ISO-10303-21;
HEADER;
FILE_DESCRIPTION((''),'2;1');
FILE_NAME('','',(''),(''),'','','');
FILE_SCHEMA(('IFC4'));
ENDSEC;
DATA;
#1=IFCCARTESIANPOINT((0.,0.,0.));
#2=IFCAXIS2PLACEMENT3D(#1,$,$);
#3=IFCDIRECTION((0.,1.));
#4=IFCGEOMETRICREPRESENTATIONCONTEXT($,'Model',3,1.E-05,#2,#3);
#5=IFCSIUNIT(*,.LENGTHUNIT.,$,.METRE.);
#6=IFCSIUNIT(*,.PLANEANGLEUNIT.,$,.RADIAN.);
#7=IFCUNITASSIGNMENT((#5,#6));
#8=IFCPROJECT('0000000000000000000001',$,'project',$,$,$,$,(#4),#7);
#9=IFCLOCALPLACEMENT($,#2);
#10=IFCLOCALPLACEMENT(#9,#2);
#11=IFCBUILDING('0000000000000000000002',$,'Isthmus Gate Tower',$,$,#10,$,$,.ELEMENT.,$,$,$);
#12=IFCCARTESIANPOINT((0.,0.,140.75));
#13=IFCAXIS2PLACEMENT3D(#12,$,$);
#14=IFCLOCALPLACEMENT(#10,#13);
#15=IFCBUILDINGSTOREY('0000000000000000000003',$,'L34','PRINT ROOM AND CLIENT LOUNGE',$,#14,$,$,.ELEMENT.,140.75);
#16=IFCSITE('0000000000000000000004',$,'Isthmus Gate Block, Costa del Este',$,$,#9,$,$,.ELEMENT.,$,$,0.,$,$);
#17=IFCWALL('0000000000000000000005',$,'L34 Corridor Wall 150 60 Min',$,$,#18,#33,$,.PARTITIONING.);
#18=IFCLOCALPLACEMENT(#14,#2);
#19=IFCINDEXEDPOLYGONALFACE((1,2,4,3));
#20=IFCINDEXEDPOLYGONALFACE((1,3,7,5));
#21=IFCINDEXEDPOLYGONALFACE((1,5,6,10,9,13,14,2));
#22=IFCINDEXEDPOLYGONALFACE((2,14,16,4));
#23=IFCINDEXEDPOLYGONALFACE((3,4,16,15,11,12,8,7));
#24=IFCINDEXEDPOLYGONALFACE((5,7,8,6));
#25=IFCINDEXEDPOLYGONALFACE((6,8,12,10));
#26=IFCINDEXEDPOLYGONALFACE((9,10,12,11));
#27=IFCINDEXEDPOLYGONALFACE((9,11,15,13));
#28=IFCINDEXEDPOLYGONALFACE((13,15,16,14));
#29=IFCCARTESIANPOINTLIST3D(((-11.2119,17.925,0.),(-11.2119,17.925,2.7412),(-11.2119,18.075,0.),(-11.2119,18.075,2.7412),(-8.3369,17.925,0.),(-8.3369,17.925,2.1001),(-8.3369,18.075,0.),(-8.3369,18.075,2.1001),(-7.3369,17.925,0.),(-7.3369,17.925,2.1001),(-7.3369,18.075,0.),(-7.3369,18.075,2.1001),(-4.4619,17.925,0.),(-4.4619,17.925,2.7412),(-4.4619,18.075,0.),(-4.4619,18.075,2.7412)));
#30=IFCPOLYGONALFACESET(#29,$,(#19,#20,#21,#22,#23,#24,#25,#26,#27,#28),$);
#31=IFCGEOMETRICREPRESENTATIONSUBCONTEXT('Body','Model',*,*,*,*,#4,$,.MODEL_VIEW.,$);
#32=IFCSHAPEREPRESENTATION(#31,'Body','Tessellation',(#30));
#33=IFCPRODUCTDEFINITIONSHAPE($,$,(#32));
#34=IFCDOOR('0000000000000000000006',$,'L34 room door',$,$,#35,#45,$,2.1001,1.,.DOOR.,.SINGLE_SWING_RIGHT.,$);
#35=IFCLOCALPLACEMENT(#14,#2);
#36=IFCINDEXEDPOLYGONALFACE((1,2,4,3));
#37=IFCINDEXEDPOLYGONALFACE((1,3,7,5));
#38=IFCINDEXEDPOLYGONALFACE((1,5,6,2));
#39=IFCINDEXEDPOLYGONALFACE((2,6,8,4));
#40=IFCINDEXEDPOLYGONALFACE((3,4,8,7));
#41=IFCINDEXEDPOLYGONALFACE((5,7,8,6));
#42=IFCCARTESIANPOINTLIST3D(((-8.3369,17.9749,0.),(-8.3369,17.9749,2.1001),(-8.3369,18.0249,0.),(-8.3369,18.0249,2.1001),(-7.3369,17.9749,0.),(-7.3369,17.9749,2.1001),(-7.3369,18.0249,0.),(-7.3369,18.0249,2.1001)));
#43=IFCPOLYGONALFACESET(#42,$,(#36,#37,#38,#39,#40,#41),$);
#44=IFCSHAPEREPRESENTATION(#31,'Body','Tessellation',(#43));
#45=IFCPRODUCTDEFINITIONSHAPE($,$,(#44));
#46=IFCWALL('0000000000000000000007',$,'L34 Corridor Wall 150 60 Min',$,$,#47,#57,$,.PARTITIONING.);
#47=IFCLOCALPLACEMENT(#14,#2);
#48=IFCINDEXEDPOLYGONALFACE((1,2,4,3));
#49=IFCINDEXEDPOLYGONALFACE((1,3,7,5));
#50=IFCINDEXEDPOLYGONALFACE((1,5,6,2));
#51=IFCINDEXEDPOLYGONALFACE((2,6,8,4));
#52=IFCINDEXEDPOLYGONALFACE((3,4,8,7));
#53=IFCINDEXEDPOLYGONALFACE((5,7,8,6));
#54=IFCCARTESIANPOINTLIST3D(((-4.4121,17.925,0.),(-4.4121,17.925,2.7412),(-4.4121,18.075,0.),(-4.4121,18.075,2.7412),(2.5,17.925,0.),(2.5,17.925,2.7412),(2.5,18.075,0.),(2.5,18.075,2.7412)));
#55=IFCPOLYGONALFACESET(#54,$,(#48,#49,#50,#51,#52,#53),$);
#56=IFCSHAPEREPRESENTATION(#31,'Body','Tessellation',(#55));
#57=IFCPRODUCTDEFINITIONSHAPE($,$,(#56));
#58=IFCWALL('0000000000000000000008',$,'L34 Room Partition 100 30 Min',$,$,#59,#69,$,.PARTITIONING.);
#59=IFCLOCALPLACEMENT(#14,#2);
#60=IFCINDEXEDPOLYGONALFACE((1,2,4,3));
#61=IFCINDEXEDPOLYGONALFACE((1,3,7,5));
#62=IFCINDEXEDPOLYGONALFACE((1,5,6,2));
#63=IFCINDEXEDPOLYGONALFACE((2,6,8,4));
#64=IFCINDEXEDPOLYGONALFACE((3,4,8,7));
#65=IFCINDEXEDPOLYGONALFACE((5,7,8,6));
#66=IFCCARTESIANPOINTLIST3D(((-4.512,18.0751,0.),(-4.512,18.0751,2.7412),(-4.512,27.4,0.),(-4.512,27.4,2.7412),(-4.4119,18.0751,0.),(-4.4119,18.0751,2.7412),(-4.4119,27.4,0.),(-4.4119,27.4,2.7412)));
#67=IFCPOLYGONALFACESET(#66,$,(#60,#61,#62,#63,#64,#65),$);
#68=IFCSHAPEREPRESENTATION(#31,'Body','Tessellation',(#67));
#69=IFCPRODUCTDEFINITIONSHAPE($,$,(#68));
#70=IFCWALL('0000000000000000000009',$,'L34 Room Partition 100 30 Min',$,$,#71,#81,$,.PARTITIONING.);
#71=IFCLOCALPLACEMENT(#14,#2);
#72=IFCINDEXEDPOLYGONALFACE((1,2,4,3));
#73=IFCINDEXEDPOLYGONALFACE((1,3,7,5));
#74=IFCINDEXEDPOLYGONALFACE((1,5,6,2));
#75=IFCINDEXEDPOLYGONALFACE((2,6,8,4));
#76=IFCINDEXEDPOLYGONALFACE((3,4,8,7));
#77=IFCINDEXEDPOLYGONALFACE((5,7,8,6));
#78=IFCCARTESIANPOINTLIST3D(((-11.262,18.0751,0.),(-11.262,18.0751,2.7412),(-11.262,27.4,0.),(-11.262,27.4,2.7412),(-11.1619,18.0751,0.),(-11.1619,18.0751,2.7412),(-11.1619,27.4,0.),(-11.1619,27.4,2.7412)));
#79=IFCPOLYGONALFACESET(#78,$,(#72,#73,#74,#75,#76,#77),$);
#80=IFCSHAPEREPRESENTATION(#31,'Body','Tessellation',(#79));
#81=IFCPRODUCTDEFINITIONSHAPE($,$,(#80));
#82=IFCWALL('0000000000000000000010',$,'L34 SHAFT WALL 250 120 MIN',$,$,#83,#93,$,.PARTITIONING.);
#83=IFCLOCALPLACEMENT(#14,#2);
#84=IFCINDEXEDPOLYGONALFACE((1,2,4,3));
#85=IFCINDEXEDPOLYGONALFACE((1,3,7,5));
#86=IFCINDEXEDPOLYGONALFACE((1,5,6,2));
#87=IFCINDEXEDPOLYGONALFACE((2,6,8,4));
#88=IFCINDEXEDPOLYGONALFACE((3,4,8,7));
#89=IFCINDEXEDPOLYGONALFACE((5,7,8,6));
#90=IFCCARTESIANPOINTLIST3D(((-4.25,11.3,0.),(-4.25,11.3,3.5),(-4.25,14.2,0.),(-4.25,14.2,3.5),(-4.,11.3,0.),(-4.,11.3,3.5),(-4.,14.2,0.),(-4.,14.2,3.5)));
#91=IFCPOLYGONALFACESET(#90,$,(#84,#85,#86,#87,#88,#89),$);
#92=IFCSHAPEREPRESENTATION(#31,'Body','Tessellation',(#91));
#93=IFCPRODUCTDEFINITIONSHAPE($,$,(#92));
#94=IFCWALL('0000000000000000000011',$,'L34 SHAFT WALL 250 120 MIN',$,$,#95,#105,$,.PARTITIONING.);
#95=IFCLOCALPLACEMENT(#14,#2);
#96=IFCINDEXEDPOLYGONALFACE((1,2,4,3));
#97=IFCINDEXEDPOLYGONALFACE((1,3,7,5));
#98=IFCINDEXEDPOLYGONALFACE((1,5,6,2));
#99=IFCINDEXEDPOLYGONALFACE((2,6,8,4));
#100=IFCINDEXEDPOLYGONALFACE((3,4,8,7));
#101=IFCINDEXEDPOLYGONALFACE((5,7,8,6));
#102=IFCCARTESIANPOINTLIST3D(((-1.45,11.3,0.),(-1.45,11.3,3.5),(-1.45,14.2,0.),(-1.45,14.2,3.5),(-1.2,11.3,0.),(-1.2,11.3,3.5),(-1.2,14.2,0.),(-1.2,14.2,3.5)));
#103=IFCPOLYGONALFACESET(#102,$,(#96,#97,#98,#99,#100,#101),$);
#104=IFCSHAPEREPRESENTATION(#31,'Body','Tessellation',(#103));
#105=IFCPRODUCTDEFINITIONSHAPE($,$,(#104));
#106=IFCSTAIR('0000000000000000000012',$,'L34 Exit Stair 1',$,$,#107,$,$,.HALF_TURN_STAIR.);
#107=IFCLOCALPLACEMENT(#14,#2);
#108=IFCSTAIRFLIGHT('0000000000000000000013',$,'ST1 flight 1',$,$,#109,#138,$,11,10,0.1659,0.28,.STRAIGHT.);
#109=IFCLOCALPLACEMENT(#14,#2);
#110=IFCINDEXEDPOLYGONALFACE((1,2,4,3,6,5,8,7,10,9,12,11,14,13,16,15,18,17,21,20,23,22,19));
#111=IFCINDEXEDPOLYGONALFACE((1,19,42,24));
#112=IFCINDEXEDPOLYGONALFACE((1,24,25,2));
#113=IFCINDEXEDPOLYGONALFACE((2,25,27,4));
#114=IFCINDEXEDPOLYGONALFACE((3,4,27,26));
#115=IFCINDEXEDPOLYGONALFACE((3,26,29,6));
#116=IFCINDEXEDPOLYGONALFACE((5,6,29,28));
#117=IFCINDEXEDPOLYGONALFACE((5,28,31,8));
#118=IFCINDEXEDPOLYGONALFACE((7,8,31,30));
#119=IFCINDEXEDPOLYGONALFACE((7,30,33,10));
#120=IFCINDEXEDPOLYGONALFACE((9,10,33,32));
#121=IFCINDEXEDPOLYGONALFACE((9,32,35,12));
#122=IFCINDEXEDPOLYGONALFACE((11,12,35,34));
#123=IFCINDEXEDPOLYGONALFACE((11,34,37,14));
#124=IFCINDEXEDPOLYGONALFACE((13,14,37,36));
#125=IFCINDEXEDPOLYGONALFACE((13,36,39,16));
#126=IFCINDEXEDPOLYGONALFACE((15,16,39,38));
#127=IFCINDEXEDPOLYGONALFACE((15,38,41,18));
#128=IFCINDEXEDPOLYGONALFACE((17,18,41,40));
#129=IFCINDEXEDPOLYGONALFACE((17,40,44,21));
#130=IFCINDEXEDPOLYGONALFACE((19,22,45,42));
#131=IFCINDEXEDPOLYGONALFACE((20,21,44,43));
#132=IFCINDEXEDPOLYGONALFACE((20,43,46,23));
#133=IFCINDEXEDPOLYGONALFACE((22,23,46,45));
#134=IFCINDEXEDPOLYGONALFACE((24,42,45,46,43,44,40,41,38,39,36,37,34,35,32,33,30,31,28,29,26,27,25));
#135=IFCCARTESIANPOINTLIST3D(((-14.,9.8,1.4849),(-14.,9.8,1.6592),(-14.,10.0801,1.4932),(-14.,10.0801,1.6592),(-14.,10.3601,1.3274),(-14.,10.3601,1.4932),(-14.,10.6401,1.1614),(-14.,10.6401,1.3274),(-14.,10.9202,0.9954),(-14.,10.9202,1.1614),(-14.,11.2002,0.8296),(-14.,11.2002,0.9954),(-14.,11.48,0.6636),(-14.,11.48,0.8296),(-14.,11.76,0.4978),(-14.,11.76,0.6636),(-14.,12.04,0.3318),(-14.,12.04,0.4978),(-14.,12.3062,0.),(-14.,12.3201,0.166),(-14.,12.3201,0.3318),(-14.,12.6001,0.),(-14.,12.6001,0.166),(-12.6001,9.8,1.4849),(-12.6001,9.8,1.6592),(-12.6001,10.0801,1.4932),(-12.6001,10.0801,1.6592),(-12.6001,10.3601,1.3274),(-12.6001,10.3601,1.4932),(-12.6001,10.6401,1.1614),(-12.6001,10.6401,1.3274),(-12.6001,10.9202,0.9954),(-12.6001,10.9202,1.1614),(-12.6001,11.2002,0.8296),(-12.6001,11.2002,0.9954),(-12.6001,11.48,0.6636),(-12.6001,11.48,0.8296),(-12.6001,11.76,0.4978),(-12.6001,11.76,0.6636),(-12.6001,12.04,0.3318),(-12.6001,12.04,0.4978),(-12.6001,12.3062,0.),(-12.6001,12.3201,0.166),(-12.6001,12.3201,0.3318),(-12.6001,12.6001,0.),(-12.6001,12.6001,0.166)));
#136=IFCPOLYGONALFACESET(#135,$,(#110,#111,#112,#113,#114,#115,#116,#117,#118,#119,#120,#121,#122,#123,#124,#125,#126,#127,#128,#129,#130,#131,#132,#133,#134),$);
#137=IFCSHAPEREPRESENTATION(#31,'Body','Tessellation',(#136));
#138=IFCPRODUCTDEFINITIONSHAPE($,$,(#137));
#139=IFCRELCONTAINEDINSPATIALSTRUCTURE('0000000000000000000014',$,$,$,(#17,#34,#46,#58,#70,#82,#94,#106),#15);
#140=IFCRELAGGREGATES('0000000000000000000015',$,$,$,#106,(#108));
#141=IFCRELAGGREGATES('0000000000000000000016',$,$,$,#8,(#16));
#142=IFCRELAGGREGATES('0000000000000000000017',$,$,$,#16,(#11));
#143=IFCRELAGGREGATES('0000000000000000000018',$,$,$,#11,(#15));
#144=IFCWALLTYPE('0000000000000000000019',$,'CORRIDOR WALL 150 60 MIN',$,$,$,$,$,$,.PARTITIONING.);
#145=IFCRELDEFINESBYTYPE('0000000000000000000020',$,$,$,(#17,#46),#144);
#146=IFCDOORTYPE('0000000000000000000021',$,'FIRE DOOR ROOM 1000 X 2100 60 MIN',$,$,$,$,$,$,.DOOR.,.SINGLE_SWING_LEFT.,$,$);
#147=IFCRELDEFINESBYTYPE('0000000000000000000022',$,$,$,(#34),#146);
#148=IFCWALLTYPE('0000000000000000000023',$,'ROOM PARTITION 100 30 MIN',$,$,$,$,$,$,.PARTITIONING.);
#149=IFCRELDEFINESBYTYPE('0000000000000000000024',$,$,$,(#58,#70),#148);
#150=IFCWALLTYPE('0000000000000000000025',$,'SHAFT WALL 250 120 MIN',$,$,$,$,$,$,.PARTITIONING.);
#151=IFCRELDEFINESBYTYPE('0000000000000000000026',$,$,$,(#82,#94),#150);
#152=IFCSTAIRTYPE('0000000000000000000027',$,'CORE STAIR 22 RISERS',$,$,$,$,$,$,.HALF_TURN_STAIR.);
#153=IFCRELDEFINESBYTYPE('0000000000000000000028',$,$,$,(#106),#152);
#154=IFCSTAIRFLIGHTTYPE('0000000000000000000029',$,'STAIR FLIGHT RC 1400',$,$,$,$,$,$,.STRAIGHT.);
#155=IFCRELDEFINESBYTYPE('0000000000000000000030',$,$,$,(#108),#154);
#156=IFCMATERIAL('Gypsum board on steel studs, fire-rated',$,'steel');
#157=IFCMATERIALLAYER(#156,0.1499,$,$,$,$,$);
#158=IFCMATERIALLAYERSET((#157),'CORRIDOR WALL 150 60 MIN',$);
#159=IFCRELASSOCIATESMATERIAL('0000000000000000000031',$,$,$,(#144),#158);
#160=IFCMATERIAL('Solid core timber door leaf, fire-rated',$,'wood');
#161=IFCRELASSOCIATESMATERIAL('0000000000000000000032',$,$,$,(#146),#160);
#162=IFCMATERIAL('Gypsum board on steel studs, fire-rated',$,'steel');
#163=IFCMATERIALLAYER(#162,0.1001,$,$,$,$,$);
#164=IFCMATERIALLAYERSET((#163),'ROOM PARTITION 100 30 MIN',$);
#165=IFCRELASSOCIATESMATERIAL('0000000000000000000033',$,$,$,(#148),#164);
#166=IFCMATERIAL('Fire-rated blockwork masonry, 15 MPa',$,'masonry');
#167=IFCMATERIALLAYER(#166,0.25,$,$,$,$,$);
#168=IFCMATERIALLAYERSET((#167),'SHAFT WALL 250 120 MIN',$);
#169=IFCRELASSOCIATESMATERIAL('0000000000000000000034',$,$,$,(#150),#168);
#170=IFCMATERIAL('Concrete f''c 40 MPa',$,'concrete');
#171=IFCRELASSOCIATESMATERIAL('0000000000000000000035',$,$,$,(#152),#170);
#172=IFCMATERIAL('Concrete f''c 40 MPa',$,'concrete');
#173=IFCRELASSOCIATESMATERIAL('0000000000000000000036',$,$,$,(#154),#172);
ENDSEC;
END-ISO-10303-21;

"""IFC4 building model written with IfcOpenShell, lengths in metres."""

from ifc_helpers import new_model, si_unit, direction, frame, frame_2d, origin, place, context, subcontext, project, spatial, polyline, rectangle, outline, extrude, material, layer, layer_set, type_object, element, fill, aggregate, save


model = new_model("IFC4")

# Units and contexts
model_context = context("Model", 3, precision=1e-05, world=origin(), true_north=direction((0.0, 1.0)))
body_context = subcontext(model_context, "Body", "Model", "MODEL_VIEW")
ifc_project = project(units=[si_unit("LENGTHUNIT", "METRE"), si_unit("PLANEANGLEUNIT", "RADIAN")], contexts=[model_context])

# Site, building, storey
site_placement = place(None, origin())
site = spatial("IfcSite", under=ifc_project, at=site_placement, Name="Isthmus Gate Block, Costa del Este", CompositionType="ELEMENT", RefElevation=0.0)
building_placement = place(site_placement, origin())
building = spatial("IfcBuilding", under=site, at=building_placement, Name="Isthmus Gate Tower", CompositionType="ELEMENT")
storey_placement = place(building_placement, frame((0.0, 0.0, 140.75)))
storey = spatial("IfcBuildingStorey", under=building, at=storey_placement, Name="L34", Description="PRINT ROOM AND CLIENT LOUNGE", CompositionType="ELEMENT", Elevation=140.75)

# Wall, opening, door
ifc_material_1 = material(Name="Gypsum board on steel studs, fire-rated", Category="steel")
ifc_layer_1 = layer(ifc_material_1, 0.1499)
ifc_layer_set_1 = layer_set([ifc_layer_1], Name="CORRIDOR WALL 150 60 MIN")
wall_type_1 = type_object("IfcWallType", Name="CORRIDOR WALL 150 60 MIN", PredefinedType="PARTITIONING", material=ifc_layer_set_1)
wall_1_placement = place(storey_placement, frame((-11.2119, 18.0, 0.0), z_axis=(0.0, 0.0, 1.0), x_axis=(1.0, 0.0, 0.0)))
wall_1 = element("IfcWall", 1, at=wall_1_placement, inside=storey, type_object=wall_type_1, Name="L34 Corridor Wall 150 60 Min", PredefinedType="PARTITIONING", context=body_context, shape_type="SweptSolid", body=[
    extrude(rectangle(XDim=6.75, YDim=0.1499, at=frame_2d((3.375, 0.0))), origin(), (0.0, 0.0, 1.0), 2.7412),
])
opening_placement = place(wall_1_placement, frame((2.875, 0.0, 0.0)))
opening = element("IfcOpeningElement", 2, at=opening_placement, cuts=wall_1, PredefinedType="OPENING", context=body_context, shape_type="SweptSolid", body=[
    extrude(rectangle(XDim=1.0, YDim=2.1001, at=frame_2d((0.5, 1.05))), frame((0.0, 0.085, 0.0), z_axis=(0.0, -1.0, 0.0), x_axis=(1.0, 0.0, 0.0)), (0.0, 0.0, 1.0), 0.1699),
])
ifc_material_2 = material(Name="Solid core timber door leaf, fire-rated", Category="wood")
door_type = type_object("IfcDoorType", Name="FIRE DOOR ROOM 1000 X 2100 60 MIN", OperationType="SINGLE_SWING_LEFT", PredefinedType="DOOR", material=ifc_material_2)
door_placement = place(opening_placement, origin())
door = element("IfcDoor", 3, at=door_placement, inside=storey, type_object=door_type, Name="L34 room door", OperationType="SINGLE_SWING_RIGHT", OverallHeight=2.1001, OverallWidth=1.0, PredefinedType="DOOR", context=body_context, shape_type="SweptSolid", body=[
    extrude(rectangle(XDim=1.0, YDim=2.1001, at=frame_2d((0.5, 1.05))), frame((0.0, 0.0249, 0.0), z_axis=(0.0, -1.0, 0.0), x_axis=(1.0, 0.0, 0.0)), (0.0, 0.0, 1.0), 0.05),
])
fill(opening, door)

# Walls
wall_2_placement = place(storey_placement, frame((-4.4121, 18.0, 0.0), z_axis=(0.0, 0.0, 1.0), x_axis=(1.0, 0.0, 0.0)))
element("IfcWall", 4, at=wall_2_placement, inside=storey, type_object=wall_type_1, Name="L34 Corridor Wall 150 60 Min", PredefinedType="PARTITIONING", context=body_context, shape_type="SweptSolid", body=[
    extrude(rectangle(XDim=6.9121, YDim=0.1499, at=frame_2d((3.4561, 0.0))), origin(), (0.0, 0.0, 1.0), 2.7412),
])
ifc_material_3 = material(Name="Gypsum board on steel studs, fire-rated", Category="steel")
ifc_layer_2 = layer(ifc_material_3, 0.1001)
ifc_layer_set_2 = layer_set([ifc_layer_2], Name="ROOM PARTITION 100 30 MIN")
wall_type_2 = type_object("IfcWallType", Name="ROOM PARTITION 100 30 MIN", PredefinedType="PARTITIONING", material=ifc_layer_set_2)
for number, where, z_axis, x_axis, name in (
    (5, (-4.4619, 18.075, 0.0), (0.0, 0.0, 1.0), (0.0, 1.0, 0.0), "L34 Room Partition 100 30 Min"),
    (6, (-11.2119, 18.075, 0.0), (0.0, 0.0, 1.0), (0.0, 1.0, 0.0), "L34 Room Partition 100 30 Min"),
):
    element("IfcWall", number, at=place(storey_placement, frame(where, z_axis=z_axis, x_axis=x_axis)), inside=storey, type_object=wall_type_2, Name=name, PredefinedType="PARTITIONING", context=body_context, shape_type="SweptSolid", body=[
        extrude(rectangle(XDim=9.325, YDim=0.1001, at=frame_2d((4.6626, 0.0))), origin(), (0.0, 0.0, 1.0), 2.7412),
    ])
ifc_material_4 = material(Name="Fire-rated blockwork masonry, 15 MPa", Category="masonry")
ifc_layer_3 = layer(ifc_material_4, 0.25)
ifc_layer_set_3 = layer_set([ifc_layer_3], Name="SHAFT WALL 250 120 MIN")
wall_type_3 = type_object("IfcWallType", Name="SHAFT WALL 250 120 MIN", PredefinedType="PARTITIONING", material=ifc_layer_set_3)
for number, where, z_axis, x_axis, name in (
    (7, (-4.125, 11.3, 0.0), (0.0, 0.0, 1.0), (0.0, 1.0, 0.0), "L34 SHAFT WALL 250 120 MIN"),
    (8, (-1.325, 11.3, 0.0), (0.0, 0.0, 1.0), (0.0, 1.0, 0.0), "L34 SHAFT WALL 250 120 MIN"),
):
    element("IfcWall", number, at=place(storey_placement, frame(where, z_axis=z_axis, x_axis=x_axis)), inside=storey, type_object=wall_type_3, Name=name, PredefinedType="PARTITIONING", context=body_context, shape_type="SweptSolid", body=[
        extrude(rectangle(XDim=2.8999, YDim=0.25, at=frame_2d((1.45, 0.0))), origin(), (0.0, 0.0, 1.0), 3.5),
    ])

# Stair, stair flight
ifc_material_5 = material(Name="Concrete f'c 40 MPa", Category="concrete")
stair_type = type_object("IfcStairType", Name="CORE STAIR 22 RISERS", PredefinedType="HALF_TURN_STAIR", material=ifc_material_5)
stair_placement = place(storey_placement, origin())
stair = element("IfcStair", 9, at=stair_placement, inside=storey, type_object=stair_type, Name="L34 Exit Stair 1", PredefinedType="HALF_TURN_STAIR")
ifc_material_6 = material(Name="Concrete f'c 40 MPa", Category="concrete")
stair_flight_type = type_object("IfcStairFlightType", Name="STAIR FLIGHT RC 1400", PredefinedType="STRAIGHT", material=ifc_material_6)
stair_flight_placement = place(storey_placement, frame((-13.3, 12.6001, 0.0), z_axis=(0.0, 0.0, 1.0), x_axis=(0.0, -1.0, 0.0)))
stair_flight = element("IfcStairFlight", 10, at=stair_flight_placement, type_object=stair_flight_type, Name="ST1 flight 1", NumberOfRisers=11, NumberOfTreads=10, PredefinedType="STRAIGHT", RiserHeight=0.1659, TreadLength=0.28, context=body_context, shape_type="SweptSolid", body=[
    extrude(outline(polyline([(0.0, 0.0), (0.0, 0.166), (0.28, 0.166), (0.28, 0.3318), (0.5601, 0.3318), (0.5601, 0.4978), (0.8401, 0.4978), (0.8401, 0.6636), (1.1201, 0.6636), (1.1201, 0.8296), (1.3999, 0.8296), (1.3999, 0.9954), (1.6799, 0.9954), (1.6799, 1.1614), (1.96, 1.1614), (1.96, 1.3274), (2.24, 1.3274), (2.24, 1.4932), (2.52, 1.4932), (2.52, 1.6592), (2.8, 1.6592), (2.8, 1.825), (2.8, 1.4849), (0.2939, 0.0), (0.0, 0.0)])), frame((0.0, 0.7, 0.0), z_axis=(0.0, -1.0, 0.0), x_axis=(1.0, 0.0, 0.0)), (0.0, 0.0, 1.0), 1.3999),
])
aggregate(stair, [stair_flight])

save(model, "model.ifc")
